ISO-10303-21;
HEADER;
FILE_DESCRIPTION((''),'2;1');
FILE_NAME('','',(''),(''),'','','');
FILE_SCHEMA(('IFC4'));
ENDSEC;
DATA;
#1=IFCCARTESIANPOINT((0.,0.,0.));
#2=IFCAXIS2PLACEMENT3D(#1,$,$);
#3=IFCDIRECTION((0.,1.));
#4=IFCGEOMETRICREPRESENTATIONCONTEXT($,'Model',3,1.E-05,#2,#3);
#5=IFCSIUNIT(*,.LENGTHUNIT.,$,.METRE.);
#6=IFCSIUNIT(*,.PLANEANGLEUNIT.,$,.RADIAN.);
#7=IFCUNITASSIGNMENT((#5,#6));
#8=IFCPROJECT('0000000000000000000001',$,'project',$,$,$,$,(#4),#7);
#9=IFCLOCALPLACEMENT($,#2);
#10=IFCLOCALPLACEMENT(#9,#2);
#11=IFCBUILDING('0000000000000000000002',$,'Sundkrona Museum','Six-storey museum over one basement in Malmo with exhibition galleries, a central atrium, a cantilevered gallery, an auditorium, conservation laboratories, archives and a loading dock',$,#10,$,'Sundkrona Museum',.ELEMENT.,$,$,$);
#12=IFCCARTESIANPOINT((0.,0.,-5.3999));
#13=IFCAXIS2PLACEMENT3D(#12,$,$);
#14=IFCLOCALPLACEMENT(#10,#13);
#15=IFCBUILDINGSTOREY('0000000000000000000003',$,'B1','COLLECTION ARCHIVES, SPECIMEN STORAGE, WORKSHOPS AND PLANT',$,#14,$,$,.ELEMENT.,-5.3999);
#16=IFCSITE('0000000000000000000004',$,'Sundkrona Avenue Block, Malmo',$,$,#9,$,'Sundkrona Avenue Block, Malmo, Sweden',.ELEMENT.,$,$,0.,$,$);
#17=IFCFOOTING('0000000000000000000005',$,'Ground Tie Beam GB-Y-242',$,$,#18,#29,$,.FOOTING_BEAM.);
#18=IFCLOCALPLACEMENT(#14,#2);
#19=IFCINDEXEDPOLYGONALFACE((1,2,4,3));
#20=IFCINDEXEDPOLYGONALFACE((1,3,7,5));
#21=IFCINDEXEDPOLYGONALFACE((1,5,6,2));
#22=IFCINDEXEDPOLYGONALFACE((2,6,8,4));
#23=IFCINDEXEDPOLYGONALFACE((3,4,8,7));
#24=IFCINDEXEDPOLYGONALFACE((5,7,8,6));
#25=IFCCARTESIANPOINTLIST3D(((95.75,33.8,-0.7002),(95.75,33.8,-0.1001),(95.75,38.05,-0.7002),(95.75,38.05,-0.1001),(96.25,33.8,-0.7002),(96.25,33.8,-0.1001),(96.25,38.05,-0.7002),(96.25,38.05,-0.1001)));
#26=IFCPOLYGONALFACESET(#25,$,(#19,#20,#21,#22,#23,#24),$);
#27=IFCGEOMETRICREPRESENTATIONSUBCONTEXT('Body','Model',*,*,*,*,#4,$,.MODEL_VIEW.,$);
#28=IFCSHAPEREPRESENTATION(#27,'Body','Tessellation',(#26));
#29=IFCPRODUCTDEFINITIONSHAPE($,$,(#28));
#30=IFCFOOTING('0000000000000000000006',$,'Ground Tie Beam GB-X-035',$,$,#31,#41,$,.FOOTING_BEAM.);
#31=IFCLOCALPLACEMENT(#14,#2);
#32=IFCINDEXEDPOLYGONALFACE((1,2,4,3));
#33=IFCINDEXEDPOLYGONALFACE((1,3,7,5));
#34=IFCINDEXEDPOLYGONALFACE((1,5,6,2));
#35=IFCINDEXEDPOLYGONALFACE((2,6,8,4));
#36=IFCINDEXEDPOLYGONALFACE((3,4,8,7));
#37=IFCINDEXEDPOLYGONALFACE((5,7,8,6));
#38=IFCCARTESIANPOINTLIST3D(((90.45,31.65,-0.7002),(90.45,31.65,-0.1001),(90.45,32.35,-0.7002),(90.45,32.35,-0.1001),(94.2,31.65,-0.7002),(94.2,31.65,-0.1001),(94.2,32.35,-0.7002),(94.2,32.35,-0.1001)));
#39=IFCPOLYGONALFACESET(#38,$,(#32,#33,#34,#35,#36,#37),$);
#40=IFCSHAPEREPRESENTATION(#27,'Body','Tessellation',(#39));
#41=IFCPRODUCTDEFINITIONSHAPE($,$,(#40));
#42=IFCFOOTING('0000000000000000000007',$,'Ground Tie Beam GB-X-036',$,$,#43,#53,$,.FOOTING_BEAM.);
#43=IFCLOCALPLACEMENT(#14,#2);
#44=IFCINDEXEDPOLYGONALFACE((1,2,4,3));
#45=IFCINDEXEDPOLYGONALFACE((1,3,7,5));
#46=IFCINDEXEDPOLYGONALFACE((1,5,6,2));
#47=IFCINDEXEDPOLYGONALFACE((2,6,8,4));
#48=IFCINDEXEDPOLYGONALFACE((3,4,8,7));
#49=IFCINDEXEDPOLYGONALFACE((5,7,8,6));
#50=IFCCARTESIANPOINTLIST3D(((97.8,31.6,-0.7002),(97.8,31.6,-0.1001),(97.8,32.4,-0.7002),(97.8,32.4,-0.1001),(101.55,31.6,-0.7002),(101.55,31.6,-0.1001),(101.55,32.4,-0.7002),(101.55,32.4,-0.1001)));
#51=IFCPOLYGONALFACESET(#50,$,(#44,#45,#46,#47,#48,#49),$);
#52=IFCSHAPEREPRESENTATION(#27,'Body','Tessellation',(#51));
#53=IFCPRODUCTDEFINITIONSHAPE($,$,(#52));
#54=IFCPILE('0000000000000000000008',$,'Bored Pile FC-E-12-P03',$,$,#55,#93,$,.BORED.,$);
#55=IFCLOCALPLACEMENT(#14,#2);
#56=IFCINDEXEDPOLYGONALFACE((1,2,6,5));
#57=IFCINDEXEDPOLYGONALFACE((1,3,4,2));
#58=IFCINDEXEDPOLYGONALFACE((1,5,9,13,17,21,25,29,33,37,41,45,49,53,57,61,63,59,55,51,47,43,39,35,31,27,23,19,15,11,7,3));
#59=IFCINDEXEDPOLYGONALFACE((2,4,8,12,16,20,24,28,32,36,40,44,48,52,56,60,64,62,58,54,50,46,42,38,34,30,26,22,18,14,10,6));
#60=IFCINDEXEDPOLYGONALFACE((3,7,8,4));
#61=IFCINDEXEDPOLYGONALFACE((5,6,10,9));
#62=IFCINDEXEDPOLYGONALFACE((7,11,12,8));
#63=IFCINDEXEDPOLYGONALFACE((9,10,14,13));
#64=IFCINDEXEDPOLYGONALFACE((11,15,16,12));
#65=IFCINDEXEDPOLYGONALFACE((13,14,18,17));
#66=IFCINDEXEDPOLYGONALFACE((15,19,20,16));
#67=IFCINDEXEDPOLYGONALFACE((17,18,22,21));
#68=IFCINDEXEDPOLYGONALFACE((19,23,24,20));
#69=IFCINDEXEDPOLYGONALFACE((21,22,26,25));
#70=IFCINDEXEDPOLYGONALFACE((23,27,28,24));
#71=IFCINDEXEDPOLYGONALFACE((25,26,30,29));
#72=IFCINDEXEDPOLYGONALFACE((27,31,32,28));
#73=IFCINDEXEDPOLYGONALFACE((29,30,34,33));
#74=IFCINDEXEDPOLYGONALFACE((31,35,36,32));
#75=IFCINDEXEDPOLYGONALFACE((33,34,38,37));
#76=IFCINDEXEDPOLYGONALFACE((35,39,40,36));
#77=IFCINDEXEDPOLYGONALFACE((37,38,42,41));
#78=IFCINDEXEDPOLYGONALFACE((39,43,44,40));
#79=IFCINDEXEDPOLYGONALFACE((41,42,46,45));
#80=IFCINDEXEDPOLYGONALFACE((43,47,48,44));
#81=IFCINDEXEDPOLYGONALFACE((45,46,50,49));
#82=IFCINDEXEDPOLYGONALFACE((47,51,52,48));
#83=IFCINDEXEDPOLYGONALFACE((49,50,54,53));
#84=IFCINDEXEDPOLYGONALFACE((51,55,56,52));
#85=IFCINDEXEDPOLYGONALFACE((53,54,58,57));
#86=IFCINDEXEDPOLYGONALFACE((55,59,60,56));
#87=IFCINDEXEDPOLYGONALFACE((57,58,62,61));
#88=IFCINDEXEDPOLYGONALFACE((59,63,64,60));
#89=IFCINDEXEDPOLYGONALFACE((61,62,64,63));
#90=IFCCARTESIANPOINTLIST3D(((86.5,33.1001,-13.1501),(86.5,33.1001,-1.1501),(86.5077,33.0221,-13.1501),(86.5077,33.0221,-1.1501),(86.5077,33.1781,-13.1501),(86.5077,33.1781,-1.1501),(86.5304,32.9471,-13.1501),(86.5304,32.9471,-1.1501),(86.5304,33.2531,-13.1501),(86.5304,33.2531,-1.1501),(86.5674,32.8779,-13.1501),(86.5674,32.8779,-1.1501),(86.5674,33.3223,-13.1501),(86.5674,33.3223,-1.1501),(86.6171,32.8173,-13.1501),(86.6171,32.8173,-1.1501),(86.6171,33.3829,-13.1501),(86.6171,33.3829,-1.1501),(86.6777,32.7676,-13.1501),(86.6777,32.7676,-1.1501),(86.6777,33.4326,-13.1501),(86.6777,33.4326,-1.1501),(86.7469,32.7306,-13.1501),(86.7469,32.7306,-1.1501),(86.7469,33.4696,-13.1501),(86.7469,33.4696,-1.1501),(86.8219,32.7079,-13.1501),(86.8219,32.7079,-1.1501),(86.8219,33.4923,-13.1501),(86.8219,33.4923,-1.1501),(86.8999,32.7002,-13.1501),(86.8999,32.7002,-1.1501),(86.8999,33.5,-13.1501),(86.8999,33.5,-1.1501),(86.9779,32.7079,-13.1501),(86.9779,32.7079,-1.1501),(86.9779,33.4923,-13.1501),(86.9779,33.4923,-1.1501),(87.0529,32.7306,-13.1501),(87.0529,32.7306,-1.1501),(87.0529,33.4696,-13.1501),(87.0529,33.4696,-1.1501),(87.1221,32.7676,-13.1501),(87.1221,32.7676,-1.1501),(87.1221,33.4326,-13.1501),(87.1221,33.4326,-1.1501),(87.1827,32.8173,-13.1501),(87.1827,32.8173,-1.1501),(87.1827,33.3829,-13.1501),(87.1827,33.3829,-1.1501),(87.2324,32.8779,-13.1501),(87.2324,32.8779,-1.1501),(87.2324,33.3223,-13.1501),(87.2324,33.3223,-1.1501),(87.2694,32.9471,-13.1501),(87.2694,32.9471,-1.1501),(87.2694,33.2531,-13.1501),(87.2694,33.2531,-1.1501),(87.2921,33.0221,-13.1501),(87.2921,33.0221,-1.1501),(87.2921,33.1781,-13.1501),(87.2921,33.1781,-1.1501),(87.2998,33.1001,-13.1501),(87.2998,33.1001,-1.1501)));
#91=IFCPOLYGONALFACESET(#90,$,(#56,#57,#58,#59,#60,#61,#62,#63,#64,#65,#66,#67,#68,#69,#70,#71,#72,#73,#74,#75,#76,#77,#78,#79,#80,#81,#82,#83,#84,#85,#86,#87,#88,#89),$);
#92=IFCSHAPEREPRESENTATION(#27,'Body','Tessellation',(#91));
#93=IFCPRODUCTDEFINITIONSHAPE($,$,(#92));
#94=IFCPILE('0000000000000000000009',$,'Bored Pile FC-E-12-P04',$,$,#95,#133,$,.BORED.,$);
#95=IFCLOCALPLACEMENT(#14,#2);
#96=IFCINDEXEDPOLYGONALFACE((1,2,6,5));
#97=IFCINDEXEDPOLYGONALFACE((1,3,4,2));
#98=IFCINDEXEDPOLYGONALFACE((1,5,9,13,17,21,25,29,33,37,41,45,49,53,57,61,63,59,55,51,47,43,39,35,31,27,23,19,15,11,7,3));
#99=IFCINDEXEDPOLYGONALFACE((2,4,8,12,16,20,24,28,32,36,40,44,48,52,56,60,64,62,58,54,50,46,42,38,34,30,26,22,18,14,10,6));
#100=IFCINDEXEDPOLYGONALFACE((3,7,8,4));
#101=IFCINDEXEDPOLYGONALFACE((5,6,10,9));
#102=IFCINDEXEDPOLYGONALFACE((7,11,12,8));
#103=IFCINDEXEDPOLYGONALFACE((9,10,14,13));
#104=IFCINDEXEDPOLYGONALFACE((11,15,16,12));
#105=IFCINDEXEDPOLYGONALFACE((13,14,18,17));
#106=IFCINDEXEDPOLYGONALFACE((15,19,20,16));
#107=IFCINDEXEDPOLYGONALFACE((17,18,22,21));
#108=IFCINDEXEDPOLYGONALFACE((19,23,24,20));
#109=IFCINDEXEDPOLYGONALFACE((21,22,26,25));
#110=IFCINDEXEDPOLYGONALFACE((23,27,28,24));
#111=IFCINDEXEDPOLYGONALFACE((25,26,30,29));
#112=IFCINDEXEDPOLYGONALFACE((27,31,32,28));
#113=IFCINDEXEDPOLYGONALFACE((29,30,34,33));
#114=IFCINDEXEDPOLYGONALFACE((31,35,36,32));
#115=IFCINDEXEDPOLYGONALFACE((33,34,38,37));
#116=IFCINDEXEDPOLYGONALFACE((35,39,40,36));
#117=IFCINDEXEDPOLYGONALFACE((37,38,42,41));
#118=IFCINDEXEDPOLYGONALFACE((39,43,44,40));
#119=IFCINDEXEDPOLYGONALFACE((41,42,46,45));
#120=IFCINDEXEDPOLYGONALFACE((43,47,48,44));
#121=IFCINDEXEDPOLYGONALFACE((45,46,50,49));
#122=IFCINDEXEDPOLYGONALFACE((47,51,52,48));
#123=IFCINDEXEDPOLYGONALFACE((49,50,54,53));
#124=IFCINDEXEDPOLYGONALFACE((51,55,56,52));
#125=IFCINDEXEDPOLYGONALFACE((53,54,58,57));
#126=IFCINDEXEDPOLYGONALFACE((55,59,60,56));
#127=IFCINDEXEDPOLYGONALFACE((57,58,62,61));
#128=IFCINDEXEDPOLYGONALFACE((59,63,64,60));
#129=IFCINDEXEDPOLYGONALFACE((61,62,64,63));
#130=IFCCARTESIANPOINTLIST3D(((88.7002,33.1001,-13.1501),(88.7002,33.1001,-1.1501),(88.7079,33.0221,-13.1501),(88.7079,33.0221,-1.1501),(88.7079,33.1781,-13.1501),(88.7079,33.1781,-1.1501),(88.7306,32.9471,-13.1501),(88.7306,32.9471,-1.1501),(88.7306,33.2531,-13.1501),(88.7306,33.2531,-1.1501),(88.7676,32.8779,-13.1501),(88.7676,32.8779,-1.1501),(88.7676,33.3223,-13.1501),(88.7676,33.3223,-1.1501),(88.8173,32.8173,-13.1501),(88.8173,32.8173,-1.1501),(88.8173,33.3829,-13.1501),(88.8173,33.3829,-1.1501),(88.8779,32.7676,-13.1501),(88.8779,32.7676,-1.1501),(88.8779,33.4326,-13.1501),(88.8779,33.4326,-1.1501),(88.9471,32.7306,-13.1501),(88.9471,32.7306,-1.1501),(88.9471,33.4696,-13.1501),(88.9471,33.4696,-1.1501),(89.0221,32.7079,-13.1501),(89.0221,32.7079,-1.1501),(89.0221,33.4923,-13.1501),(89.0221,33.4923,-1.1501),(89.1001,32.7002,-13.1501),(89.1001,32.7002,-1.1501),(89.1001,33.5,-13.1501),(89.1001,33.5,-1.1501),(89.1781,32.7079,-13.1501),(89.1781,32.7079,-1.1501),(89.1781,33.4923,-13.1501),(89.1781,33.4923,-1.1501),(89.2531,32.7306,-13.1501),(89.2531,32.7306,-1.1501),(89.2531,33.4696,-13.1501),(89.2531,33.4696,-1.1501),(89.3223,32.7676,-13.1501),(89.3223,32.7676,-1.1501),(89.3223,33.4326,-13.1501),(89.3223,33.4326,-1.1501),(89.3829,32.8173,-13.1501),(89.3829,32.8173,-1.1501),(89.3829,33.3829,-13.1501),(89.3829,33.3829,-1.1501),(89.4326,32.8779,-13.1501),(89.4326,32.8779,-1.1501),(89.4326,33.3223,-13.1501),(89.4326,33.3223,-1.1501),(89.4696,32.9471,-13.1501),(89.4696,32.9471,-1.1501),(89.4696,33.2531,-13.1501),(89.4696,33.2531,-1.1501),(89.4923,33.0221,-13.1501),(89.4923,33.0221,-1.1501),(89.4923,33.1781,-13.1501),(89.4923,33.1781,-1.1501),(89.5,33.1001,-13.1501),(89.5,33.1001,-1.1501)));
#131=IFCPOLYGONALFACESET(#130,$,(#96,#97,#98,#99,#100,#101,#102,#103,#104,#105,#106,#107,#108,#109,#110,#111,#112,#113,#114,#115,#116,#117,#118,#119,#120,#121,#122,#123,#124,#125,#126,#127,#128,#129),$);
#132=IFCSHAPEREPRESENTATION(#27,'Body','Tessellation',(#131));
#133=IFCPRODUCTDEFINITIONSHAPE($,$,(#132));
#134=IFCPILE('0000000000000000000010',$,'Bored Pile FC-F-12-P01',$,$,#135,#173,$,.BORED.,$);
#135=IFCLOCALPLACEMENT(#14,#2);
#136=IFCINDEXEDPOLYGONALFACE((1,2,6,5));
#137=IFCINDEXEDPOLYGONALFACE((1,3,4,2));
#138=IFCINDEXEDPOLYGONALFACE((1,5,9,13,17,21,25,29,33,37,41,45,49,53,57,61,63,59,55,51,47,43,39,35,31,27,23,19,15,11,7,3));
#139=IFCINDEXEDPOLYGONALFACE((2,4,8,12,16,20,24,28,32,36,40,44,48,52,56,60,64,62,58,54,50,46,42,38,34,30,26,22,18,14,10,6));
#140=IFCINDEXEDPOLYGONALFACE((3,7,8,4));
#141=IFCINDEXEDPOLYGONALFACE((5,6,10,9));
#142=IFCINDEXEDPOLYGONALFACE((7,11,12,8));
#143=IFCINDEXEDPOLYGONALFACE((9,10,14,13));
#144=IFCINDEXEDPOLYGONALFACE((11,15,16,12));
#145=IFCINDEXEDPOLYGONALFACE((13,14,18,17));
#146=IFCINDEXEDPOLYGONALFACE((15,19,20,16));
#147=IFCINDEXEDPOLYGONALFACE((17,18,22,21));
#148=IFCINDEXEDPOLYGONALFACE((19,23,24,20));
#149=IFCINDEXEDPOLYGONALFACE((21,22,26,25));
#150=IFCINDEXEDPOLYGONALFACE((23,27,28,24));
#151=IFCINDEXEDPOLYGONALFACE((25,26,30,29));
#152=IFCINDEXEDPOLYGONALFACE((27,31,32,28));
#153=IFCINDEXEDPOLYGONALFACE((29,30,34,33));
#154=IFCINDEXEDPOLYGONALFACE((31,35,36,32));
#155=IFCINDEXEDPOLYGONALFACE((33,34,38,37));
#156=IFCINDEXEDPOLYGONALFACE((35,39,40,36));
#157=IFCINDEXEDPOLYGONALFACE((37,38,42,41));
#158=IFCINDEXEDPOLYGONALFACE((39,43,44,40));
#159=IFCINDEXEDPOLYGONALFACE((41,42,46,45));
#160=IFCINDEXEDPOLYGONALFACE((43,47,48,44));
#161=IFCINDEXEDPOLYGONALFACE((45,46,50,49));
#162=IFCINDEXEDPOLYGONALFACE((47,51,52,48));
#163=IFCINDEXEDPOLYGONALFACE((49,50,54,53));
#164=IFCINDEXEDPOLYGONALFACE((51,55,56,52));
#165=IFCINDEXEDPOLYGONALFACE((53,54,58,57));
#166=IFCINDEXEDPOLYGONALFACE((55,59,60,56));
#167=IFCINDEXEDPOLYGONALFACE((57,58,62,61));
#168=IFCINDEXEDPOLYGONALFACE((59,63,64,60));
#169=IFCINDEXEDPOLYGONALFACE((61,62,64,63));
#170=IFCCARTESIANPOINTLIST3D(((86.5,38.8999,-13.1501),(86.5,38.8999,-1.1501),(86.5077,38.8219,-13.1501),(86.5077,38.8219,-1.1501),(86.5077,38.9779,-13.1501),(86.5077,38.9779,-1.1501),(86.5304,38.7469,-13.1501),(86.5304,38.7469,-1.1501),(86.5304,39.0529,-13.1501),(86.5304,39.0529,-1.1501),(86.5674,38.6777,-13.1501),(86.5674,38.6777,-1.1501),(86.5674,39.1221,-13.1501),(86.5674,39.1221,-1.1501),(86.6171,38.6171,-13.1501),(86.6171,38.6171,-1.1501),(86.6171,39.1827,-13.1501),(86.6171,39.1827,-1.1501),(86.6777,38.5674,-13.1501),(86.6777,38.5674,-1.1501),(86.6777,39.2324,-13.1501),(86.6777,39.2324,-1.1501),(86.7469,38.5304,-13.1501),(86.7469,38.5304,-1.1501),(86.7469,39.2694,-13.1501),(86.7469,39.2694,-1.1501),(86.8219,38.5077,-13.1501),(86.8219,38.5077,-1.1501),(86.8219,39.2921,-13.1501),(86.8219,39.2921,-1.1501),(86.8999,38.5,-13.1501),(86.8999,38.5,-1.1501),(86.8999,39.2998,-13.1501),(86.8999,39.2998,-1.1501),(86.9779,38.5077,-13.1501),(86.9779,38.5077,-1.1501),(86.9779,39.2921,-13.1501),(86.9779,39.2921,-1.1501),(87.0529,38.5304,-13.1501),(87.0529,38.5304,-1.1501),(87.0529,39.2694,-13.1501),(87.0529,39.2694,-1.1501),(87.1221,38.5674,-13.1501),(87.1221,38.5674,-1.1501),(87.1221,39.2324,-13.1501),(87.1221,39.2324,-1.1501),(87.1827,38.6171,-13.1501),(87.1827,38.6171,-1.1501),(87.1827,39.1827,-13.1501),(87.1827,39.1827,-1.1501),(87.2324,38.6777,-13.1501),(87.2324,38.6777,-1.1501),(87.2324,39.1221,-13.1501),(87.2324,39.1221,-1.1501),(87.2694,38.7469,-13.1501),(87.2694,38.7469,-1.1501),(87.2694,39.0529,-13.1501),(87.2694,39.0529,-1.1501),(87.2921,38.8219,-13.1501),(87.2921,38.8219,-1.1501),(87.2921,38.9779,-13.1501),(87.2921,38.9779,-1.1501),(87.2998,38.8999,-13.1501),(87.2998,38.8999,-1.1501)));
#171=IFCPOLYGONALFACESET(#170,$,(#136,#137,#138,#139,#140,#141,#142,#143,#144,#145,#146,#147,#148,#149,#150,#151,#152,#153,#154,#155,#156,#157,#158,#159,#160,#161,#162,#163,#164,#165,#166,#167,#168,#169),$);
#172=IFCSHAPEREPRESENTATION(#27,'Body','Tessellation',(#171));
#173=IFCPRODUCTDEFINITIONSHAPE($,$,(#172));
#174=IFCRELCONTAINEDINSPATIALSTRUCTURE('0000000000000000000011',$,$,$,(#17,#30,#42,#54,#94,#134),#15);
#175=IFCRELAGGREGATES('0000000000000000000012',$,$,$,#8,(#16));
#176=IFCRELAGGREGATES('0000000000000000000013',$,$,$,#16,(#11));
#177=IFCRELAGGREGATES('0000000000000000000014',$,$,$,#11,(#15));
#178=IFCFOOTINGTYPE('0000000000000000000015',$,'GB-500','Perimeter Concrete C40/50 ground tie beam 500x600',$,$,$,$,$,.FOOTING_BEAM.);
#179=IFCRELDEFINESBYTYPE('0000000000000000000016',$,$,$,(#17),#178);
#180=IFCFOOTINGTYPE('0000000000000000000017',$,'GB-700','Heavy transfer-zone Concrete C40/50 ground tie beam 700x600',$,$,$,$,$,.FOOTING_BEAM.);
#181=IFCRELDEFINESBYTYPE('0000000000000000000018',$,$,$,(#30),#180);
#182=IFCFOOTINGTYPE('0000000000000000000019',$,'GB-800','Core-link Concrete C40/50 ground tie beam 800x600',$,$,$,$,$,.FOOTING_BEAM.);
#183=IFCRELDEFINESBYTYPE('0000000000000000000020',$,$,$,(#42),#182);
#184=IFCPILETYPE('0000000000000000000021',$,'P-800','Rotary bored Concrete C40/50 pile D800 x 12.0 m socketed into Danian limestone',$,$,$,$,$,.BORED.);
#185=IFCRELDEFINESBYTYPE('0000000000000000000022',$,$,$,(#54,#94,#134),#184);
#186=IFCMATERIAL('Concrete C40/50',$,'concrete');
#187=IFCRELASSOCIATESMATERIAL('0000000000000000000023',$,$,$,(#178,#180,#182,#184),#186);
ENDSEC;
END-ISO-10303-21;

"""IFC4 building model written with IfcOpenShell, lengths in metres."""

from ifc_helpers import new_model, si_unit, direction, frame, origin, origin_2d, place, context, subcontext, project, spatial, rectangle, circle, extrude, material, material_profile, profile_set, type_object, element, save


model = new_model("IFC4")

# Units and contexts
model_context = context("Model", 3, precision=1e-05, world=origin(), true_north=direction((0.0, 1.0)))
body_context = subcontext(model_context, "Body", "Model", "MODEL_VIEW")
ifc_project = project(units=[si_unit("LENGTHUNIT", "METRE"), si_unit("PLANEANGLEUNIT", "RADIAN")], contexts=[model_context])

# Site, building, storey
site_placement = place(None, origin())
site = spatial("IfcSite", under=ifc_project, at=site_placement, Name="Sundkrona Avenue Block, Malmo", LongName="Sundkrona Avenue Block, Malmo, Sweden", CompositionType="ELEMENT", RefElevation=0.0)
building_placement = place(site_placement, origin())
building = spatial("IfcBuilding", under=site, at=building_placement, Name="Sundkrona Museum", Description="Six-storey museum over one basement in Malmo with exhibition galleries, a central atrium, a cantilevered gallery, an auditorium, conservation laboratories, archives and a loading dock", LongName="Sundkrona Museum", CompositionType="ELEMENT")
storey_placement = place(building_placement, frame((0.0, 0.0, -5.3999)))
storey = spatial("IfcBuildingStorey", under=building, at=storey_placement, Name="B1", Description="COLLECTION ARCHIVES, SPECIMEN STORAGE, WORKSHOPS AND PLANT", CompositionType="ELEMENT", Elevation=-5.3999)

# Footings
ifc_material_1 = material(Name="Concrete C40/50", Category="concrete")
footing_type_1 = type_object("IfcFootingType", Name="GB-500", Description="Perimeter Concrete C40/50 ground tie beam 500x600", PredefinedType="FOOTING_BEAM", material=ifc_material_1)
footing_1_placement = place(storey_placement, frame((96.0, 35.925, -0.7002), z_axis=(0.0, 0.0, 1.0), x_axis=(0.0, 1.0, 0.0)))
element("IfcFooting", 1, at=footing_1_placement, inside=storey, type_object=footing_type_1, Name="Ground Tie Beam GB-Y-242", PredefinedType="FOOTING_BEAM", context=body_context, shape_type="SweptSolid", body=[
    extrude(rectangle(XDim=4.25, YDim=0.5, at=origin_2d()), origin(), (0.0, 0.0, 1.0), 0.6001),
])
footing_type_2 = type_object("IfcFootingType", Name="GB-700", Description="Heavy transfer-zone Concrete C40/50 ground tie beam 700x600", PredefinedType="FOOTING_BEAM", material=ifc_material_1)
footing_2_placement = place(storey_placement, frame((92.325, 32.0, -0.7002), z_axis=(0.0, 0.0, 1.0), x_axis=(1.0, 0.0, 0.0)))
element("IfcFooting", 2, at=footing_2_placement, inside=storey, type_object=footing_type_2, Name="Ground Tie Beam GB-X-035", PredefinedType="FOOTING_BEAM", context=body_context, shape_type="SweptSolid", body=[
    extrude(rectangle(XDim=3.75, YDim=0.7, at=origin_2d()), origin(), (0.0, 0.0, 1.0), 0.6001),
])
footing_type_3 = type_object("IfcFootingType", Name="GB-800", Description="Core-link Concrete C40/50 ground tie beam 800x600", PredefinedType="FOOTING_BEAM", material=ifc_material_1)
footing_3_placement = place(storey_placement, frame((99.675, 32.0, -0.7002), z_axis=(0.0, 0.0, 1.0), x_axis=(1.0, 0.0, 0.0)))
element("IfcFooting", 3, at=footing_3_placement, inside=storey, type_object=footing_type_3, Name="Ground Tie Beam GB-X-036", PredefinedType="FOOTING_BEAM", context=body_context, shape_type="SweptSolid", body=[
    extrude(rectangle(XDim=3.75, YDim=0.8, at=origin_2d()), origin(), (0.0, 0.0, 1.0), 0.6001),
])

# Piles
ifc_material_profile_1 = material_profile(ifc_material_1, circle(Radius=0.3999, at=origin_2d()), Name="PILE D800")
ifc_profile_set_1 = profile_set([ifc_material_profile_1], Name="Concrete C40/50")
pile_type = type_object("IfcPileType", Name="P-800", Description="Rotary bored Concrete C40/50 pile D800 x 12.0 m socketed into Danian limestone", PredefinedType="BORED", material=ifc_profile_set_1)
for number, where, z_axis, x_axis, name in (
    (4, (86.8999, 33.1001, -1.1501), (0.0, 0.0, -1.0), (1.0, 0.0, 0.0), "Bored Pile FC-E-12-P03"),
    (5, (89.1001, 33.1001, -1.1501), (0.0, 0.0, -1.0), (1.0, 0.0, 0.0), "Bored Pile FC-E-12-P04"),
    (6, (86.8999, 38.8999, -1.1501), (0.0, 0.0, -1.0), (1.0, 0.0, 0.0), "Bored Pile FC-F-12-P01"),
):
    element("IfcPile", number, at=place(storey_placement, frame(where, z_axis=z_axis, x_axis=x_axis)), inside=storey, type_object=pile_type, Name=name, PredefinedType="BORED", context=body_context, shape_type="SweptSolid", body=[
        extrude(circle(Radius=0.3999, at=origin_2d()), origin(), (0.0, 0.0, 1.0), 12.0),
    ])

save(model, "model.ifc")
